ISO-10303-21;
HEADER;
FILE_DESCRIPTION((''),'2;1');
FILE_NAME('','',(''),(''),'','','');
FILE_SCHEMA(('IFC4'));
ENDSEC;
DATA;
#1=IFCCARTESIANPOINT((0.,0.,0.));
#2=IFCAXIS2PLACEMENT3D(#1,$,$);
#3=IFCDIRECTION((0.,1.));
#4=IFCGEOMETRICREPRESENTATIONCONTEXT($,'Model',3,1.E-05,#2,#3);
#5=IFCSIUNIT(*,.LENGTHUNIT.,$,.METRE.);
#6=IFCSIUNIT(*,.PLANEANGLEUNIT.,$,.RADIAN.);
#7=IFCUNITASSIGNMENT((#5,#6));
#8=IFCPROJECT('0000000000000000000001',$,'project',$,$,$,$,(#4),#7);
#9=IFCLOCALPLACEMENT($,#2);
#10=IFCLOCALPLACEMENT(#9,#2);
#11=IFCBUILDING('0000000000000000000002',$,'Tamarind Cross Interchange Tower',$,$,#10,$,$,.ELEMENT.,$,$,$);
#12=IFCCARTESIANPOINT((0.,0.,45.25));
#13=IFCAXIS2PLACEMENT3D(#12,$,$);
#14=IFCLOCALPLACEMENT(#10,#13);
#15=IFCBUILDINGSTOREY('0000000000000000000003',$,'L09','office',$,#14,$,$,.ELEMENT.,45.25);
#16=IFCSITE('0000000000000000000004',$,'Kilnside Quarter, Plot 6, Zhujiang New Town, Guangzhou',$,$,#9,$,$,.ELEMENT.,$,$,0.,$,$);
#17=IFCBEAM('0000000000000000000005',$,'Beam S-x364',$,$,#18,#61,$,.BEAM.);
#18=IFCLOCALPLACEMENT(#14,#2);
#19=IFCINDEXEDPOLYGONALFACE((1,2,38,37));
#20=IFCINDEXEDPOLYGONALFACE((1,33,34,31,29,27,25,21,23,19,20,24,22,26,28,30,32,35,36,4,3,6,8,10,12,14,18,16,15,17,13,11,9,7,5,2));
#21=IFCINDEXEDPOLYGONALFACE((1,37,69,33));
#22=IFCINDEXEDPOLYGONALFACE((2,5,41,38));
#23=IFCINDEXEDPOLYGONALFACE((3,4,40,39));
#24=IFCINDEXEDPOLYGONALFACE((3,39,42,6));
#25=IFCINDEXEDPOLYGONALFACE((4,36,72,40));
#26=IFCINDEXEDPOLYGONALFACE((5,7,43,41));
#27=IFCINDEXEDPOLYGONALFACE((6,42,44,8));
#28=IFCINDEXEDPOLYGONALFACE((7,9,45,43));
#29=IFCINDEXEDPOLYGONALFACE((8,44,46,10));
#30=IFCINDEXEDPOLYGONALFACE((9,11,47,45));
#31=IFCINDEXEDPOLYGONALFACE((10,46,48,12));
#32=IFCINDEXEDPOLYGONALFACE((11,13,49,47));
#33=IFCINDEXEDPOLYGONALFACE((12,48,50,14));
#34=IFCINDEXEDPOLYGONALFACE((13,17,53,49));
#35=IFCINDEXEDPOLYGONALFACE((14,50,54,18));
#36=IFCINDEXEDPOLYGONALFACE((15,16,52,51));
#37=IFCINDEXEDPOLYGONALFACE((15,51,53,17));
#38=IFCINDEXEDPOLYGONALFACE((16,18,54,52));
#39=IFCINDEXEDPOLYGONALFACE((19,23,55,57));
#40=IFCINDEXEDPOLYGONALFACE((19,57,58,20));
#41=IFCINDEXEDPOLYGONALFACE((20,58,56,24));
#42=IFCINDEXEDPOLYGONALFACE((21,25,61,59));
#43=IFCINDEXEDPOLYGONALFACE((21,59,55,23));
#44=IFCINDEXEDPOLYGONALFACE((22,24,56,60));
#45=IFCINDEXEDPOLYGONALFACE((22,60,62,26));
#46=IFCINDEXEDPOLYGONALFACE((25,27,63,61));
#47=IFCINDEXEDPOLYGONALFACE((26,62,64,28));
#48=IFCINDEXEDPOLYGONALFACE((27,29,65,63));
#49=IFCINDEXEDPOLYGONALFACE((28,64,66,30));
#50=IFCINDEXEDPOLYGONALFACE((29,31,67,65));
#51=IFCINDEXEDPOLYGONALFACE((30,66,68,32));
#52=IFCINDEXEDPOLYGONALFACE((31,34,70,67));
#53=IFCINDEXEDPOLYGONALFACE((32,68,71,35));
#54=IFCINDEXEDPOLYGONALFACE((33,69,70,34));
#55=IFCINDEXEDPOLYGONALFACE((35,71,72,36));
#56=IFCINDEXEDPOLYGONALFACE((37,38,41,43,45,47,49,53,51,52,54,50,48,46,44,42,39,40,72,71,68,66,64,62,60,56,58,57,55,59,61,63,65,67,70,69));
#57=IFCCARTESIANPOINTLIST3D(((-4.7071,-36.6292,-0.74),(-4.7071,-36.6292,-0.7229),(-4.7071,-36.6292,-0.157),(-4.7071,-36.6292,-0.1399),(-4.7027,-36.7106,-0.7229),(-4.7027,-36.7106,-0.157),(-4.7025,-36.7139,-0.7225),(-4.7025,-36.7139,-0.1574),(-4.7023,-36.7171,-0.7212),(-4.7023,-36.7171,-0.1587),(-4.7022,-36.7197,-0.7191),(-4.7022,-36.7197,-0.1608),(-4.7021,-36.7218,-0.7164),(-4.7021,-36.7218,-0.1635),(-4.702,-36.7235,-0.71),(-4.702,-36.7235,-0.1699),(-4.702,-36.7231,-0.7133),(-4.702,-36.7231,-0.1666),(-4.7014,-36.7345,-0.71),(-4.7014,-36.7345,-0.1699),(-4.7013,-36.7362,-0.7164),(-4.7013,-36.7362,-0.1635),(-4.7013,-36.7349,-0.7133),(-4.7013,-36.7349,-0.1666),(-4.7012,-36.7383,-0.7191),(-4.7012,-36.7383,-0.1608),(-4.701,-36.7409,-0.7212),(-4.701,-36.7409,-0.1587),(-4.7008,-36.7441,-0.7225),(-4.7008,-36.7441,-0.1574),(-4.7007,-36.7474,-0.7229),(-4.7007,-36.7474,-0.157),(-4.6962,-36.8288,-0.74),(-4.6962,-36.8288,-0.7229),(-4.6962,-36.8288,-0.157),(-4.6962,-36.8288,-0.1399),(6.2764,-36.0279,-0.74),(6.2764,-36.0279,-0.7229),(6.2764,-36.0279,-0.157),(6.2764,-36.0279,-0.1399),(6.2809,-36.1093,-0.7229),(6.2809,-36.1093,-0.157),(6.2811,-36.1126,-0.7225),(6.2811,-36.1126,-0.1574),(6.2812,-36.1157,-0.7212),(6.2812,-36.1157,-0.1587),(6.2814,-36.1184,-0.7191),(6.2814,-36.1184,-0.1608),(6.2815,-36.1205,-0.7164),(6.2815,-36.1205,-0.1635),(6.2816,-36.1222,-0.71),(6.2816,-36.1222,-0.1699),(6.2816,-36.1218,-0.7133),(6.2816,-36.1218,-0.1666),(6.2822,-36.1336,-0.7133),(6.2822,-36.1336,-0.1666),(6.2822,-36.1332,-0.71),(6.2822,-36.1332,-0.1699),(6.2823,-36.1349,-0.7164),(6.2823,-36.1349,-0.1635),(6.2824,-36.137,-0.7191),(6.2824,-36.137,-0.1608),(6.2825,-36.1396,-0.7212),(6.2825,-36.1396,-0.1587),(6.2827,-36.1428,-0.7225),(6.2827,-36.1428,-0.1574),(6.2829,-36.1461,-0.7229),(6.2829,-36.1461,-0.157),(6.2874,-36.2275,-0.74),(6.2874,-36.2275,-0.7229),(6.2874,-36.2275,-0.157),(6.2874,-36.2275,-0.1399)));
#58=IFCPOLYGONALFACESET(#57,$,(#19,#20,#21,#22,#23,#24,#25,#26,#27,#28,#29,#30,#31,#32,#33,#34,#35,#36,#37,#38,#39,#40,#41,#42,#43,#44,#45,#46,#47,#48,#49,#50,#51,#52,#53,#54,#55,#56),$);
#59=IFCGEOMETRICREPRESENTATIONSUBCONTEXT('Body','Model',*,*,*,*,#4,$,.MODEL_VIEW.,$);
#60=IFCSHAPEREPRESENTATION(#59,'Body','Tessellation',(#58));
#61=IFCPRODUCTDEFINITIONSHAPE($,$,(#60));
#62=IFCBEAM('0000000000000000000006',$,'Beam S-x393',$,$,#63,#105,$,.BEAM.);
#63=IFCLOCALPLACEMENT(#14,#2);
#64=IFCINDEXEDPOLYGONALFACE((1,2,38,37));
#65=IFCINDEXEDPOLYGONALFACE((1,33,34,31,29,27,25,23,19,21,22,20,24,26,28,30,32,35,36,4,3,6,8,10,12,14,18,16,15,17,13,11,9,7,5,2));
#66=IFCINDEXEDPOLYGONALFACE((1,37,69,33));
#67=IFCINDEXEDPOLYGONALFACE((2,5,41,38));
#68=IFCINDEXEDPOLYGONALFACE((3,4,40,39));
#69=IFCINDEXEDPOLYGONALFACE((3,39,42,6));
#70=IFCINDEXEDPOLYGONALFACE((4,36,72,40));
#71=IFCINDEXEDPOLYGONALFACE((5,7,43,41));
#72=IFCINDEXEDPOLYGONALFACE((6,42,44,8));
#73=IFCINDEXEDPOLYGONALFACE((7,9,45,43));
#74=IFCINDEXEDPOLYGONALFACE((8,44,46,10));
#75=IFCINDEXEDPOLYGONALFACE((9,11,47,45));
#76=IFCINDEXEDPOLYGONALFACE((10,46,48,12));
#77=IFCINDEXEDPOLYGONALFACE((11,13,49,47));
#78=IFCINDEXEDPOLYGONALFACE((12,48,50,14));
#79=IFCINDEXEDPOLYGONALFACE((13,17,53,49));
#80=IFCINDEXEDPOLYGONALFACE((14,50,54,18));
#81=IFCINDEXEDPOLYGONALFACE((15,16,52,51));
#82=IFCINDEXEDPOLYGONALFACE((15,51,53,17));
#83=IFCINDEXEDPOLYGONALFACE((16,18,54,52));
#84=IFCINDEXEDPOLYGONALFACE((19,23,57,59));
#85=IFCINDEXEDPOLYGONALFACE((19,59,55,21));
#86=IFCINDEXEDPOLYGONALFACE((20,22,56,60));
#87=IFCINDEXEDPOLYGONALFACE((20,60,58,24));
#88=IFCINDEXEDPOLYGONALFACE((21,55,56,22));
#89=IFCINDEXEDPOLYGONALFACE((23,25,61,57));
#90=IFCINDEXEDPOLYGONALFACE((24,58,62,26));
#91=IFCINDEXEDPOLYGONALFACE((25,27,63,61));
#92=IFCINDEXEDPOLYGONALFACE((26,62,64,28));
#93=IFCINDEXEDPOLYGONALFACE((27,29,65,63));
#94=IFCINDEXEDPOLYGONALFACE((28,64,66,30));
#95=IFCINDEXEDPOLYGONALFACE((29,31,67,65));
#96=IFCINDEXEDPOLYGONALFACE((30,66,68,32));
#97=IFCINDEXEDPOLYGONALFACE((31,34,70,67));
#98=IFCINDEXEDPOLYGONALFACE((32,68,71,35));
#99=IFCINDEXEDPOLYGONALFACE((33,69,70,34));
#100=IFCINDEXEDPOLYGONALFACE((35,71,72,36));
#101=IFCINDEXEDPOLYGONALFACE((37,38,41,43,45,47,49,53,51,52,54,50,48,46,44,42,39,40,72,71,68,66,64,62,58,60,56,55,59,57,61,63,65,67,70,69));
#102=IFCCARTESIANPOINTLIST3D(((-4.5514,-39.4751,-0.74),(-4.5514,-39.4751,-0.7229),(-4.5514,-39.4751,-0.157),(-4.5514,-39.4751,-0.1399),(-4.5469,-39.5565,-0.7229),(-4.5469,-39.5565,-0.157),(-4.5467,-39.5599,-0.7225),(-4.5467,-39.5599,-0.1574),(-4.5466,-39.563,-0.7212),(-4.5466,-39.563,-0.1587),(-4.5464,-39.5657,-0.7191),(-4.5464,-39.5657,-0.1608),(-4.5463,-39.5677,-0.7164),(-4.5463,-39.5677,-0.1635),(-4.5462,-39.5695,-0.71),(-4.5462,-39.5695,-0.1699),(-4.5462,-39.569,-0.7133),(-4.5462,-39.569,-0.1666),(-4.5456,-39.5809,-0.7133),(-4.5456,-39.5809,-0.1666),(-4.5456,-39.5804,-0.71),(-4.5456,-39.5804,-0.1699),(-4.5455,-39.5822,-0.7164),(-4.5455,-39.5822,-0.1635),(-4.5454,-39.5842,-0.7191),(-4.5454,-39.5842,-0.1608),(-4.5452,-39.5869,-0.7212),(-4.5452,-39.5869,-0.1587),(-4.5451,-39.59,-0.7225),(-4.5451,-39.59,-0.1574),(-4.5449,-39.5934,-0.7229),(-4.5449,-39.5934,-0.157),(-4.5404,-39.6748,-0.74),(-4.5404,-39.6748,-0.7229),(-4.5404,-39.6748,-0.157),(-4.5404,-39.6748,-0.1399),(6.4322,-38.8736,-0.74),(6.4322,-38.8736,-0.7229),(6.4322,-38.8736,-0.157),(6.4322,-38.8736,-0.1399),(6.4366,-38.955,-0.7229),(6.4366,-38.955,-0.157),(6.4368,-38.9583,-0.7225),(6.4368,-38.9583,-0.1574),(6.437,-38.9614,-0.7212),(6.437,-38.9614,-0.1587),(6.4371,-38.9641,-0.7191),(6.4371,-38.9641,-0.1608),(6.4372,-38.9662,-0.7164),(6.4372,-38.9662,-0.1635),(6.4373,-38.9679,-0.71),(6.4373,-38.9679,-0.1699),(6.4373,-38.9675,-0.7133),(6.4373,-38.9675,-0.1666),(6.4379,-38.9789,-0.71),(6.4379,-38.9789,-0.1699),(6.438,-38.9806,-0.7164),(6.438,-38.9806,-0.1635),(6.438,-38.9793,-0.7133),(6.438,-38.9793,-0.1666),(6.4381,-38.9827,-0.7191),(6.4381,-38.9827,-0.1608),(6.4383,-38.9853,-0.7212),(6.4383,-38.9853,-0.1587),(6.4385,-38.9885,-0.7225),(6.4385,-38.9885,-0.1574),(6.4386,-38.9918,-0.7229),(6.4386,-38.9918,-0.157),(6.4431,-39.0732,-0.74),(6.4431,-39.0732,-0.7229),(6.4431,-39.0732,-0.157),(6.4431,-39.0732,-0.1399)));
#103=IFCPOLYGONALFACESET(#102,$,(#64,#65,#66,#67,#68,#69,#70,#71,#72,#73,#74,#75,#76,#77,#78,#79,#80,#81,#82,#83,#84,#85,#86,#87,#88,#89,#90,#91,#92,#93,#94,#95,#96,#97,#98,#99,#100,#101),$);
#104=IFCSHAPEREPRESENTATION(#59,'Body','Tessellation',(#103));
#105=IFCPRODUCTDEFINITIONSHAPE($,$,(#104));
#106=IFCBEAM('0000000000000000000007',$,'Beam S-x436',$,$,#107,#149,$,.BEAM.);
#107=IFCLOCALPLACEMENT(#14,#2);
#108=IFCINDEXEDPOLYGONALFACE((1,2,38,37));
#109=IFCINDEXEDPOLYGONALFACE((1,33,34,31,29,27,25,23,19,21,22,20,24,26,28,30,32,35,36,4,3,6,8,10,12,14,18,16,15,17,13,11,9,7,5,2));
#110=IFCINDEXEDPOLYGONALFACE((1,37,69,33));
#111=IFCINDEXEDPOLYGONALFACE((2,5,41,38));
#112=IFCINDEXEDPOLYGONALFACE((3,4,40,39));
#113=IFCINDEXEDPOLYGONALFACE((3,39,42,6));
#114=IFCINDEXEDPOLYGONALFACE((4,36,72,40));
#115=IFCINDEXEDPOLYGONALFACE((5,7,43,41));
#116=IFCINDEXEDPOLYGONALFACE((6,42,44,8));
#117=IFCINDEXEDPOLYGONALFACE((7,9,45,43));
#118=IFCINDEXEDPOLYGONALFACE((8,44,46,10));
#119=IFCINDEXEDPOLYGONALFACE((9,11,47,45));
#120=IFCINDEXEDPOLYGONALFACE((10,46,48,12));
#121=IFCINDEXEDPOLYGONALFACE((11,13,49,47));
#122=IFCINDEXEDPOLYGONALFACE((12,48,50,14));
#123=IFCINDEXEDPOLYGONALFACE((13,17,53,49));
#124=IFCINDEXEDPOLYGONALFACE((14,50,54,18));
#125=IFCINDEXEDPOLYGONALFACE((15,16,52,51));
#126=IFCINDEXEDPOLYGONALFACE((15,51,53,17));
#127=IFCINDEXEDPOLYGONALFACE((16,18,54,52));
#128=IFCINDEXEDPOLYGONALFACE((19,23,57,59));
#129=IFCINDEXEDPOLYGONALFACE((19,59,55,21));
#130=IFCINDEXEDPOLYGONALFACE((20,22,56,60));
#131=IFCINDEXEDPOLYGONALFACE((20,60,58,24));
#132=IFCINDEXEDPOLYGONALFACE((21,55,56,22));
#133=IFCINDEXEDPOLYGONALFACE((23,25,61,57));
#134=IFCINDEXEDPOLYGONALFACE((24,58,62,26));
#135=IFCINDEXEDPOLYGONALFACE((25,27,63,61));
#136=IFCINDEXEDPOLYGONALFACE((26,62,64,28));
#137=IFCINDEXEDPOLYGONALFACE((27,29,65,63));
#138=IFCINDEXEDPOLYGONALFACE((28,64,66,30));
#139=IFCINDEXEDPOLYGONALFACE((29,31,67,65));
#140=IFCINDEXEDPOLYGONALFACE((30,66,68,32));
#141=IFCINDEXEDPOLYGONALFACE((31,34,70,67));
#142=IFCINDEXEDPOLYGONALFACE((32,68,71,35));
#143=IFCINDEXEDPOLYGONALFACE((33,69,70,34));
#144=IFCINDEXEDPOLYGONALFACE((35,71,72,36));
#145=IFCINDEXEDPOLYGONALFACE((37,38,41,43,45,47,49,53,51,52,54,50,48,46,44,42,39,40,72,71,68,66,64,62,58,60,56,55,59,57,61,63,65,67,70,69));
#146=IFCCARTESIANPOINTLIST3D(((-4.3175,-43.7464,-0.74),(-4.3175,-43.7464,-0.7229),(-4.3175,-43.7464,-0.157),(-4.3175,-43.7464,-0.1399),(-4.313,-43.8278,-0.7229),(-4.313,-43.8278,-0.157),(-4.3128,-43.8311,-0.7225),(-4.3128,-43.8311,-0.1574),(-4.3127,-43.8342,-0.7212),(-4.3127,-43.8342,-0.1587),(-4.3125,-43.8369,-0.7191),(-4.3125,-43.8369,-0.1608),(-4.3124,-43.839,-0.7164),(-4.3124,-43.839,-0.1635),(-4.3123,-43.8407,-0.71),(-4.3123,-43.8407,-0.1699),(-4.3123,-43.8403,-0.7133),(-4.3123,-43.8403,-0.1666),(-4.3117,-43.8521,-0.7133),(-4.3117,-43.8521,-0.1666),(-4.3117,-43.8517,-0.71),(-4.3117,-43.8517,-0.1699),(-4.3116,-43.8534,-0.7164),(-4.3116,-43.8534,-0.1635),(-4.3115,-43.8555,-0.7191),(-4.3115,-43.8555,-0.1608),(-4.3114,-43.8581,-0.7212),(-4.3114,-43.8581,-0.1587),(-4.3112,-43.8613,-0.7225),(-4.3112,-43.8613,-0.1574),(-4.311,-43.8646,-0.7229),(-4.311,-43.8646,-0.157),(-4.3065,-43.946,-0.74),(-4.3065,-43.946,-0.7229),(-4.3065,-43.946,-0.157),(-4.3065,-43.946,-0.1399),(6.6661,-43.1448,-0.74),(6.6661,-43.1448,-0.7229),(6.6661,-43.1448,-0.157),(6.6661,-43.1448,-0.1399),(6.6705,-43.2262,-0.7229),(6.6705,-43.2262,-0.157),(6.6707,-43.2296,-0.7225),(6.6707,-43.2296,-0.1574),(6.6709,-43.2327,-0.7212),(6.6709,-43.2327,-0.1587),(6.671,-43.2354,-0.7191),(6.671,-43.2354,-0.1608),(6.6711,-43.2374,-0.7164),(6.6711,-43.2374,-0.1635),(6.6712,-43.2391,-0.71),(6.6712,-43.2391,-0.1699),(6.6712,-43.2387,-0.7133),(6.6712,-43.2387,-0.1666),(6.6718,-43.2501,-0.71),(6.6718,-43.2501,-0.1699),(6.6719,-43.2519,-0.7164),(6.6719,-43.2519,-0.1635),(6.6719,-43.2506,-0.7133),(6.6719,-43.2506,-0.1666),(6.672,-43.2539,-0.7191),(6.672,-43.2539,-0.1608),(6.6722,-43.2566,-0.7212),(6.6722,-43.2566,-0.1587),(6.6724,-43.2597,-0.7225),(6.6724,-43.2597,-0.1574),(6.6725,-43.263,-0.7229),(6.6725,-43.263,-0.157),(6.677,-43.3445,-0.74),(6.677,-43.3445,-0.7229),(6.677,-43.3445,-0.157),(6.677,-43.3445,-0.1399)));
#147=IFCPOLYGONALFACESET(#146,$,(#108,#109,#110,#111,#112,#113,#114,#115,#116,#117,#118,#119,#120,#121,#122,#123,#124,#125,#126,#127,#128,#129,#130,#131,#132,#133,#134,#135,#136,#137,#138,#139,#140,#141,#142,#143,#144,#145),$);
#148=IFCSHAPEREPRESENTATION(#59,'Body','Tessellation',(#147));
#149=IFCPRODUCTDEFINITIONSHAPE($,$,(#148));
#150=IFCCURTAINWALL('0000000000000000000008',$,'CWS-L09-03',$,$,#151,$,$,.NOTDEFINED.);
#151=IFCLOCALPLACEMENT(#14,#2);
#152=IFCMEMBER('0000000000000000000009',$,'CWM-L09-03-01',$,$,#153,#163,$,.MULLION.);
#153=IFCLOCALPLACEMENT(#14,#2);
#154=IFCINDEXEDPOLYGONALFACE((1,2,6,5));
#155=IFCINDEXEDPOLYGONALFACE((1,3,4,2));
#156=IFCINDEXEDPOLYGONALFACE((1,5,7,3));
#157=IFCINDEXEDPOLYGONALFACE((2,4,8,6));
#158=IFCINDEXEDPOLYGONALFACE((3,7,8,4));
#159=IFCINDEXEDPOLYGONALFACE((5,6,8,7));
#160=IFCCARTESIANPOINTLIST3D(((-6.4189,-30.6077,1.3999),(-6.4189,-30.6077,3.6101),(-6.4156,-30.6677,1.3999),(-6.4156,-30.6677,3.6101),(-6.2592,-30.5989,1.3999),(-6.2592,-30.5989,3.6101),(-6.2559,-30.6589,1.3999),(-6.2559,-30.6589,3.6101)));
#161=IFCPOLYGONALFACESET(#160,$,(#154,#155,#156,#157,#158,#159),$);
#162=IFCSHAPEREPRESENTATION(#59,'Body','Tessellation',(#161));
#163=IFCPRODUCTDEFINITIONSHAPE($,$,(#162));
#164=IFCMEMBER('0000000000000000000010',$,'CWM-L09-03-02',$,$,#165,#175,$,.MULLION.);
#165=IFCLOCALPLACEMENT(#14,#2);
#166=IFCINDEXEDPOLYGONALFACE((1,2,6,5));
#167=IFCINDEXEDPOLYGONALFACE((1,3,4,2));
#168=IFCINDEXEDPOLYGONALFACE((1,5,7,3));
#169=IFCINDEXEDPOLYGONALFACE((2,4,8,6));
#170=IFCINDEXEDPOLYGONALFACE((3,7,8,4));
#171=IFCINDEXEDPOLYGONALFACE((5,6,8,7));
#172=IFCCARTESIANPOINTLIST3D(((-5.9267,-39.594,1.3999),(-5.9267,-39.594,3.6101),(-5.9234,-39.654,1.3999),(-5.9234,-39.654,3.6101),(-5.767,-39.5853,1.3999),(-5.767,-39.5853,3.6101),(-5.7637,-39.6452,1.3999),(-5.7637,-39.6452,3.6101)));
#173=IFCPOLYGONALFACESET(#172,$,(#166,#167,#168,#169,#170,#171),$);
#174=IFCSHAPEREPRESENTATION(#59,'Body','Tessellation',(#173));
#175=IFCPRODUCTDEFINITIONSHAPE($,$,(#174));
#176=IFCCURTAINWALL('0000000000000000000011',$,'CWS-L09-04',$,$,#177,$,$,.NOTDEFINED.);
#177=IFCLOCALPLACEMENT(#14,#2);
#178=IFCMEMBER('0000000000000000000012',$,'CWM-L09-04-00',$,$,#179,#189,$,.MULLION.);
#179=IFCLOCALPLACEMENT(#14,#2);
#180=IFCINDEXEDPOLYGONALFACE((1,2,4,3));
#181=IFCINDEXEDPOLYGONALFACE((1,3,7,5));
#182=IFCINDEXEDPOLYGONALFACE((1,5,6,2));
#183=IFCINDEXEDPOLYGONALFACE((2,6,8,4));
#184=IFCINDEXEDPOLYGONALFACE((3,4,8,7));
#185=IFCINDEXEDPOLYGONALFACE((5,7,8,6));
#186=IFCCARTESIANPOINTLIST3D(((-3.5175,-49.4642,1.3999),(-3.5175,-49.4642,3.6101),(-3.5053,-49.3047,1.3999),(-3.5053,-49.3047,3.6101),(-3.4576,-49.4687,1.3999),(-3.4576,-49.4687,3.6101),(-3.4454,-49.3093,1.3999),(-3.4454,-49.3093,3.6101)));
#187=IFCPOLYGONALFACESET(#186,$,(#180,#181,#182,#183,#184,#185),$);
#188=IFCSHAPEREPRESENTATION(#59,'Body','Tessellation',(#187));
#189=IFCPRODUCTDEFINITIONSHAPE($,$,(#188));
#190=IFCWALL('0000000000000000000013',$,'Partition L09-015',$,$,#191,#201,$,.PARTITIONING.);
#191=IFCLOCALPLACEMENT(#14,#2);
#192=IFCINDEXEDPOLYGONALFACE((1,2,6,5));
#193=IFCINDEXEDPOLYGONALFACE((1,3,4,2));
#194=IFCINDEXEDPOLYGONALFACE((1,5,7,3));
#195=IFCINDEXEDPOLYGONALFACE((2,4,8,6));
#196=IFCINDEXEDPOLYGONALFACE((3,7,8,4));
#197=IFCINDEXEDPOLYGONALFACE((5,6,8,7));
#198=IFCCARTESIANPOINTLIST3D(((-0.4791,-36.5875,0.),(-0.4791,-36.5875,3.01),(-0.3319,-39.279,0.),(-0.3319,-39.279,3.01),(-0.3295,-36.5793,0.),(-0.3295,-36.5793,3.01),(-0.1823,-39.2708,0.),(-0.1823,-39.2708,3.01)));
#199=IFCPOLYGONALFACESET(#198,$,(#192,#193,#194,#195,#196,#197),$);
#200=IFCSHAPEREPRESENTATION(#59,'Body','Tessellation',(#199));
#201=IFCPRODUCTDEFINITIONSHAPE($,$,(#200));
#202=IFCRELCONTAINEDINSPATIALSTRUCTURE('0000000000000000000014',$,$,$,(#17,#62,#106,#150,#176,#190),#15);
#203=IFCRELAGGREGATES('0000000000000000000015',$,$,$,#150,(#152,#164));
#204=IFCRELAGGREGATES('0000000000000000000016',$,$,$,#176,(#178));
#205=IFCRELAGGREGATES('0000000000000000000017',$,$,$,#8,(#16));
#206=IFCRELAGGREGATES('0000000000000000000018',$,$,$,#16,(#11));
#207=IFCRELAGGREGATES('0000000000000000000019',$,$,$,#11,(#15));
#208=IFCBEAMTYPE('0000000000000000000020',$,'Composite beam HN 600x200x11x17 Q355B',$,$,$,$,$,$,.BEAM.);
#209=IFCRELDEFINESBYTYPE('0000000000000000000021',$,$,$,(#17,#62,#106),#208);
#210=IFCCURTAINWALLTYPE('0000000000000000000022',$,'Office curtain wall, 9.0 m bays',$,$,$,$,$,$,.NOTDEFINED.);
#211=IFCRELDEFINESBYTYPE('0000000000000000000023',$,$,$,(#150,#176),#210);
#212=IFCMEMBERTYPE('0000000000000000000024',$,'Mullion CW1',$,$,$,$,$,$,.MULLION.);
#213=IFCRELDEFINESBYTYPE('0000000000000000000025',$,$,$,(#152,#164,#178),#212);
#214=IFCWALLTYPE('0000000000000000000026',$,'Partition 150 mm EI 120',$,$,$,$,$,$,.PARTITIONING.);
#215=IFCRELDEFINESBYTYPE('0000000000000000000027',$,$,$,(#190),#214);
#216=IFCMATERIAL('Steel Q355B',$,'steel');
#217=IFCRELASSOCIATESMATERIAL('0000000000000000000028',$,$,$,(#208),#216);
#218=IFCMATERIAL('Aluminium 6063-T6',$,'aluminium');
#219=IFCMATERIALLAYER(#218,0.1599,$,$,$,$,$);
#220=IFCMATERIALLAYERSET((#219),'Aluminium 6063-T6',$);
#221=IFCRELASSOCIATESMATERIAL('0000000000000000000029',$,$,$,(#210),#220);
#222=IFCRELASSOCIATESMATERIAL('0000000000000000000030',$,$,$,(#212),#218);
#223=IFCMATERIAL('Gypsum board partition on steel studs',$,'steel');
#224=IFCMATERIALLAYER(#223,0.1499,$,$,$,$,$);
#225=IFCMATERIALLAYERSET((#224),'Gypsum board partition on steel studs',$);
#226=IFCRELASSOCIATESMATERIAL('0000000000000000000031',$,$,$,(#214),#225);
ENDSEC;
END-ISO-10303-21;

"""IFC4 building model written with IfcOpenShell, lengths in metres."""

from ifc_helpers import new_model, si_unit, direction, frame, frame_2d, origin, origin_2d, place, context, subcontext, project, spatial, rectangle, i_section, extrude, material, layer, layer_set, material_profile, profile_set, type_object, element, aggregate, save


model = new_model("IFC4")

# Units and contexts
model_context = context("Model", 3, precision=1e-05, world=origin(), true_north=direction((0.0, 1.0)))
body_context = subcontext(model_context, "Body", "Model", "MODEL_VIEW")
ifc_project = project(units=[si_unit("LENGTHUNIT", "METRE"), si_unit("PLANEANGLEUNIT", "RADIAN")], contexts=[model_context])

# Site, building, storey
site_placement = place(None, origin())
site = spatial("IfcSite", under=ifc_project, at=site_placement, Name="Kilnside Quarter, Plot 6, Zhujiang New Town, Guangzhou", CompositionType="ELEMENT", RefElevation=0.0)
building_placement = place(site_placement, origin())
building = spatial("IfcBuilding", under=site, at=building_placement, Name="Tamarind Cross Interchange Tower", CompositionType="ELEMENT")
storey_placement = place(building_placement, frame((0.0, 0.0, 45.25)))
storey = spatial("IfcBuildingStorey", under=building, at=storey_placement, Name="L09", Description="office", CompositionType="ELEMENT", Elevation=45.25)

# Beams
ifc_material_1 = material(Name="Steel Q355B", Category="steel")
ifc_material_profile_1 = material_profile(ifc_material_1, i_section(OverallWidth=0.2, OverallDepth=0.6001, WebThickness=0.011, FlangeThickness=0.0171, FilletRadius=0.0129, at=origin_2d()), Name="HN 600x200x11x17")
ifc_profile_set_1 = profile_set([ifc_material_profile_1], Name="Steel Q355B")
beam_type_1 = type_object("IfcBeamType", Name="Composite beam HN 600x200x11x17 Q355B", PredefinedType="BEAM", material=ifc_profile_set_1)
for number, where, z_axis, x_axis, name in (
    (1, (-4.7017, -36.729, -0.4399), (0.998505, 0.054665, 0.0), (-0.054665, 0.998505, 0.0), "Beam S-x364"),
    (2, (-4.5459, -39.575, -0.4399), (0.998504, 0.054687, 0.0), (-0.054687, 0.998504, 0.0), "Beam S-x393"),
    (3, (-4.312, -43.8462, -0.4399), (0.998504, 0.054687, 0.0), (-0.054687, 0.998504, 0.0), "Beam S-x436"),
):
    element("IfcBeam", number, at=place(storey_placement, frame(where, z_axis=z_axis, x_axis=x_axis)), inside=storey, type_object=beam_type_1, Name=name, PredefinedType="BEAM", context=body_context, shape_type="SweptSolid", body=[
        extrude(i_section(OverallWidth=0.2, OverallDepth=0.6001, WebThickness=0.011, FlangeThickness=0.0171, FilletRadius=0.0129, at=origin_2d()), origin(), (0.0, 0.0, 1.0), 11.0),
    ])

# Curtain wall, members
ifc_material_2 = material(Name="Aluminium 6063-T6", Category="aluminium")
ifc_layer_1 = layer(ifc_material_2, 0.1599)
ifc_layer_set_1 = layer_set([ifc_layer_1], Name="Aluminium 6063-T6")
curtain_wall_type = type_object("IfcCurtainWallType", Name="Office curtain wall, 9.0 m bays", PredefinedType="NOTDEFINED", material=ifc_layer_set_1)
curtain_wall_1_placement = place(storey_placement, origin())
curtain_wall_1 = element("IfcCurtainWall", 4, at=curtain_wall_1_placement, inside=storey, type_object=curtain_wall_type, Name="CWS-L09-03", PredefinedType="NOTDEFINED")
ifc_material_profile_2 = material_profile(ifc_material_2, rectangle(XDim=0.0601, YDim=0.1599, at=origin_2d()), Name="Mullion CW1")
ifc_profile_set_2 = profile_set([ifc_material_profile_2], Name="Aluminium 6063-T6")
member_type = type_object("IfcMemberType", Name="Mullion CW1", PredefinedType="MULLION", material=ifc_profile_set_2)
member_1_placement = place(storey_placement, frame((-6.3374, -30.6333, 1.3999), z_axis=(0.0, 0.0, 1.0), x_axis=(0.054678, -0.998504, 0.0)))
member_1 = element("IfcMember", 5, at=member_1_placement, type_object=member_type, Name="CWM-L09-03-01", PredefinedType="MULLION", context=body_context, shape_type="SweptSolid", body=[
    extrude(rectangle(XDim=0.0601, YDim=0.1599, at=origin_2d()), origin(), (0.0, 0.0, 1.0), 2.2102),
])
member_2_placement = place(storey_placement, frame((-5.8452, -39.6196, 1.3999), z_axis=(0.0, 0.0, 1.0), x_axis=(0.054678, -0.998504, 0.0)))
member_2 = element("IfcMember", 6, at=member_2_placement, type_object=member_type, Name="CWM-L09-03-02", PredefinedType="MULLION", context=body_context, shape_type="SweptSolid", body=[
    extrude(rectangle(XDim=0.0601, YDim=0.1599, at=origin_2d()), origin(), (0.0, 0.0, 1.0), 2.2102),
])
aggregate(curtain_wall_1, [member_1, member_2])

# Curtain wall, member
curtain_wall_2_placement = place(storey_placement, origin())
curtain_wall_2 = element("IfcCurtainWall", 7, at=curtain_wall_2_placement, inside=storey, type_object=curtain_wall_type, Name="CWS-L09-04", PredefinedType="NOTDEFINED")
member_3_placement = place(storey_placement, frame((-3.4814, -49.3867, 1.3999), z_axis=(0.0, 0.0, 1.0), x_axis=(0.997099, -0.07612, 0.0)))
member_3 = element("IfcMember", 8, at=member_3_placement, type_object=member_type, Name="CWM-L09-04-00", PredefinedType="MULLION", context=body_context, shape_type="SweptSolid", body=[
    extrude(rectangle(XDim=0.0601, YDim=0.1599, at=origin_2d()), origin(), (0.0, 0.0, 1.0), 2.2102),
])
aggregate(curtain_wall_2, [member_3])

# Wall
ifc_material_3 = material(Name="Gypsum board partition on steel studs", Category="steel")
ifc_layer_2 = layer(ifc_material_3, 0.1499)
ifc_layer_set_2 = layer_set([ifc_layer_2], Name="Gypsum board partition on steel studs")
wall_type_1 = type_object("IfcWallType", Name="Partition 150 mm EI 120", PredefinedType="PARTITIONING", material=ifc_layer_set_2)
wall_1_placement = place(storey_placement, frame((-0.4043, -36.5835, 0.0), z_axis=(0.0, 0.0, 1.0), x_axis=(0.054612, -0.998508, 0.0)))
element("IfcWall", 9, at=wall_1_placement, inside=storey, type_object=wall_type_1, Name="Partition L09-015", PredefinedType="PARTITIONING", context=body_context, shape_type="SweptSolid", body=[
    extrude(rectangle(XDim=2.6956, YDim=0.1499, at=frame_2d((1.3477, 0.0))), origin(), (0.0, 0.0, 1.0), 3.01),
])

save(model, "model.ifc")
